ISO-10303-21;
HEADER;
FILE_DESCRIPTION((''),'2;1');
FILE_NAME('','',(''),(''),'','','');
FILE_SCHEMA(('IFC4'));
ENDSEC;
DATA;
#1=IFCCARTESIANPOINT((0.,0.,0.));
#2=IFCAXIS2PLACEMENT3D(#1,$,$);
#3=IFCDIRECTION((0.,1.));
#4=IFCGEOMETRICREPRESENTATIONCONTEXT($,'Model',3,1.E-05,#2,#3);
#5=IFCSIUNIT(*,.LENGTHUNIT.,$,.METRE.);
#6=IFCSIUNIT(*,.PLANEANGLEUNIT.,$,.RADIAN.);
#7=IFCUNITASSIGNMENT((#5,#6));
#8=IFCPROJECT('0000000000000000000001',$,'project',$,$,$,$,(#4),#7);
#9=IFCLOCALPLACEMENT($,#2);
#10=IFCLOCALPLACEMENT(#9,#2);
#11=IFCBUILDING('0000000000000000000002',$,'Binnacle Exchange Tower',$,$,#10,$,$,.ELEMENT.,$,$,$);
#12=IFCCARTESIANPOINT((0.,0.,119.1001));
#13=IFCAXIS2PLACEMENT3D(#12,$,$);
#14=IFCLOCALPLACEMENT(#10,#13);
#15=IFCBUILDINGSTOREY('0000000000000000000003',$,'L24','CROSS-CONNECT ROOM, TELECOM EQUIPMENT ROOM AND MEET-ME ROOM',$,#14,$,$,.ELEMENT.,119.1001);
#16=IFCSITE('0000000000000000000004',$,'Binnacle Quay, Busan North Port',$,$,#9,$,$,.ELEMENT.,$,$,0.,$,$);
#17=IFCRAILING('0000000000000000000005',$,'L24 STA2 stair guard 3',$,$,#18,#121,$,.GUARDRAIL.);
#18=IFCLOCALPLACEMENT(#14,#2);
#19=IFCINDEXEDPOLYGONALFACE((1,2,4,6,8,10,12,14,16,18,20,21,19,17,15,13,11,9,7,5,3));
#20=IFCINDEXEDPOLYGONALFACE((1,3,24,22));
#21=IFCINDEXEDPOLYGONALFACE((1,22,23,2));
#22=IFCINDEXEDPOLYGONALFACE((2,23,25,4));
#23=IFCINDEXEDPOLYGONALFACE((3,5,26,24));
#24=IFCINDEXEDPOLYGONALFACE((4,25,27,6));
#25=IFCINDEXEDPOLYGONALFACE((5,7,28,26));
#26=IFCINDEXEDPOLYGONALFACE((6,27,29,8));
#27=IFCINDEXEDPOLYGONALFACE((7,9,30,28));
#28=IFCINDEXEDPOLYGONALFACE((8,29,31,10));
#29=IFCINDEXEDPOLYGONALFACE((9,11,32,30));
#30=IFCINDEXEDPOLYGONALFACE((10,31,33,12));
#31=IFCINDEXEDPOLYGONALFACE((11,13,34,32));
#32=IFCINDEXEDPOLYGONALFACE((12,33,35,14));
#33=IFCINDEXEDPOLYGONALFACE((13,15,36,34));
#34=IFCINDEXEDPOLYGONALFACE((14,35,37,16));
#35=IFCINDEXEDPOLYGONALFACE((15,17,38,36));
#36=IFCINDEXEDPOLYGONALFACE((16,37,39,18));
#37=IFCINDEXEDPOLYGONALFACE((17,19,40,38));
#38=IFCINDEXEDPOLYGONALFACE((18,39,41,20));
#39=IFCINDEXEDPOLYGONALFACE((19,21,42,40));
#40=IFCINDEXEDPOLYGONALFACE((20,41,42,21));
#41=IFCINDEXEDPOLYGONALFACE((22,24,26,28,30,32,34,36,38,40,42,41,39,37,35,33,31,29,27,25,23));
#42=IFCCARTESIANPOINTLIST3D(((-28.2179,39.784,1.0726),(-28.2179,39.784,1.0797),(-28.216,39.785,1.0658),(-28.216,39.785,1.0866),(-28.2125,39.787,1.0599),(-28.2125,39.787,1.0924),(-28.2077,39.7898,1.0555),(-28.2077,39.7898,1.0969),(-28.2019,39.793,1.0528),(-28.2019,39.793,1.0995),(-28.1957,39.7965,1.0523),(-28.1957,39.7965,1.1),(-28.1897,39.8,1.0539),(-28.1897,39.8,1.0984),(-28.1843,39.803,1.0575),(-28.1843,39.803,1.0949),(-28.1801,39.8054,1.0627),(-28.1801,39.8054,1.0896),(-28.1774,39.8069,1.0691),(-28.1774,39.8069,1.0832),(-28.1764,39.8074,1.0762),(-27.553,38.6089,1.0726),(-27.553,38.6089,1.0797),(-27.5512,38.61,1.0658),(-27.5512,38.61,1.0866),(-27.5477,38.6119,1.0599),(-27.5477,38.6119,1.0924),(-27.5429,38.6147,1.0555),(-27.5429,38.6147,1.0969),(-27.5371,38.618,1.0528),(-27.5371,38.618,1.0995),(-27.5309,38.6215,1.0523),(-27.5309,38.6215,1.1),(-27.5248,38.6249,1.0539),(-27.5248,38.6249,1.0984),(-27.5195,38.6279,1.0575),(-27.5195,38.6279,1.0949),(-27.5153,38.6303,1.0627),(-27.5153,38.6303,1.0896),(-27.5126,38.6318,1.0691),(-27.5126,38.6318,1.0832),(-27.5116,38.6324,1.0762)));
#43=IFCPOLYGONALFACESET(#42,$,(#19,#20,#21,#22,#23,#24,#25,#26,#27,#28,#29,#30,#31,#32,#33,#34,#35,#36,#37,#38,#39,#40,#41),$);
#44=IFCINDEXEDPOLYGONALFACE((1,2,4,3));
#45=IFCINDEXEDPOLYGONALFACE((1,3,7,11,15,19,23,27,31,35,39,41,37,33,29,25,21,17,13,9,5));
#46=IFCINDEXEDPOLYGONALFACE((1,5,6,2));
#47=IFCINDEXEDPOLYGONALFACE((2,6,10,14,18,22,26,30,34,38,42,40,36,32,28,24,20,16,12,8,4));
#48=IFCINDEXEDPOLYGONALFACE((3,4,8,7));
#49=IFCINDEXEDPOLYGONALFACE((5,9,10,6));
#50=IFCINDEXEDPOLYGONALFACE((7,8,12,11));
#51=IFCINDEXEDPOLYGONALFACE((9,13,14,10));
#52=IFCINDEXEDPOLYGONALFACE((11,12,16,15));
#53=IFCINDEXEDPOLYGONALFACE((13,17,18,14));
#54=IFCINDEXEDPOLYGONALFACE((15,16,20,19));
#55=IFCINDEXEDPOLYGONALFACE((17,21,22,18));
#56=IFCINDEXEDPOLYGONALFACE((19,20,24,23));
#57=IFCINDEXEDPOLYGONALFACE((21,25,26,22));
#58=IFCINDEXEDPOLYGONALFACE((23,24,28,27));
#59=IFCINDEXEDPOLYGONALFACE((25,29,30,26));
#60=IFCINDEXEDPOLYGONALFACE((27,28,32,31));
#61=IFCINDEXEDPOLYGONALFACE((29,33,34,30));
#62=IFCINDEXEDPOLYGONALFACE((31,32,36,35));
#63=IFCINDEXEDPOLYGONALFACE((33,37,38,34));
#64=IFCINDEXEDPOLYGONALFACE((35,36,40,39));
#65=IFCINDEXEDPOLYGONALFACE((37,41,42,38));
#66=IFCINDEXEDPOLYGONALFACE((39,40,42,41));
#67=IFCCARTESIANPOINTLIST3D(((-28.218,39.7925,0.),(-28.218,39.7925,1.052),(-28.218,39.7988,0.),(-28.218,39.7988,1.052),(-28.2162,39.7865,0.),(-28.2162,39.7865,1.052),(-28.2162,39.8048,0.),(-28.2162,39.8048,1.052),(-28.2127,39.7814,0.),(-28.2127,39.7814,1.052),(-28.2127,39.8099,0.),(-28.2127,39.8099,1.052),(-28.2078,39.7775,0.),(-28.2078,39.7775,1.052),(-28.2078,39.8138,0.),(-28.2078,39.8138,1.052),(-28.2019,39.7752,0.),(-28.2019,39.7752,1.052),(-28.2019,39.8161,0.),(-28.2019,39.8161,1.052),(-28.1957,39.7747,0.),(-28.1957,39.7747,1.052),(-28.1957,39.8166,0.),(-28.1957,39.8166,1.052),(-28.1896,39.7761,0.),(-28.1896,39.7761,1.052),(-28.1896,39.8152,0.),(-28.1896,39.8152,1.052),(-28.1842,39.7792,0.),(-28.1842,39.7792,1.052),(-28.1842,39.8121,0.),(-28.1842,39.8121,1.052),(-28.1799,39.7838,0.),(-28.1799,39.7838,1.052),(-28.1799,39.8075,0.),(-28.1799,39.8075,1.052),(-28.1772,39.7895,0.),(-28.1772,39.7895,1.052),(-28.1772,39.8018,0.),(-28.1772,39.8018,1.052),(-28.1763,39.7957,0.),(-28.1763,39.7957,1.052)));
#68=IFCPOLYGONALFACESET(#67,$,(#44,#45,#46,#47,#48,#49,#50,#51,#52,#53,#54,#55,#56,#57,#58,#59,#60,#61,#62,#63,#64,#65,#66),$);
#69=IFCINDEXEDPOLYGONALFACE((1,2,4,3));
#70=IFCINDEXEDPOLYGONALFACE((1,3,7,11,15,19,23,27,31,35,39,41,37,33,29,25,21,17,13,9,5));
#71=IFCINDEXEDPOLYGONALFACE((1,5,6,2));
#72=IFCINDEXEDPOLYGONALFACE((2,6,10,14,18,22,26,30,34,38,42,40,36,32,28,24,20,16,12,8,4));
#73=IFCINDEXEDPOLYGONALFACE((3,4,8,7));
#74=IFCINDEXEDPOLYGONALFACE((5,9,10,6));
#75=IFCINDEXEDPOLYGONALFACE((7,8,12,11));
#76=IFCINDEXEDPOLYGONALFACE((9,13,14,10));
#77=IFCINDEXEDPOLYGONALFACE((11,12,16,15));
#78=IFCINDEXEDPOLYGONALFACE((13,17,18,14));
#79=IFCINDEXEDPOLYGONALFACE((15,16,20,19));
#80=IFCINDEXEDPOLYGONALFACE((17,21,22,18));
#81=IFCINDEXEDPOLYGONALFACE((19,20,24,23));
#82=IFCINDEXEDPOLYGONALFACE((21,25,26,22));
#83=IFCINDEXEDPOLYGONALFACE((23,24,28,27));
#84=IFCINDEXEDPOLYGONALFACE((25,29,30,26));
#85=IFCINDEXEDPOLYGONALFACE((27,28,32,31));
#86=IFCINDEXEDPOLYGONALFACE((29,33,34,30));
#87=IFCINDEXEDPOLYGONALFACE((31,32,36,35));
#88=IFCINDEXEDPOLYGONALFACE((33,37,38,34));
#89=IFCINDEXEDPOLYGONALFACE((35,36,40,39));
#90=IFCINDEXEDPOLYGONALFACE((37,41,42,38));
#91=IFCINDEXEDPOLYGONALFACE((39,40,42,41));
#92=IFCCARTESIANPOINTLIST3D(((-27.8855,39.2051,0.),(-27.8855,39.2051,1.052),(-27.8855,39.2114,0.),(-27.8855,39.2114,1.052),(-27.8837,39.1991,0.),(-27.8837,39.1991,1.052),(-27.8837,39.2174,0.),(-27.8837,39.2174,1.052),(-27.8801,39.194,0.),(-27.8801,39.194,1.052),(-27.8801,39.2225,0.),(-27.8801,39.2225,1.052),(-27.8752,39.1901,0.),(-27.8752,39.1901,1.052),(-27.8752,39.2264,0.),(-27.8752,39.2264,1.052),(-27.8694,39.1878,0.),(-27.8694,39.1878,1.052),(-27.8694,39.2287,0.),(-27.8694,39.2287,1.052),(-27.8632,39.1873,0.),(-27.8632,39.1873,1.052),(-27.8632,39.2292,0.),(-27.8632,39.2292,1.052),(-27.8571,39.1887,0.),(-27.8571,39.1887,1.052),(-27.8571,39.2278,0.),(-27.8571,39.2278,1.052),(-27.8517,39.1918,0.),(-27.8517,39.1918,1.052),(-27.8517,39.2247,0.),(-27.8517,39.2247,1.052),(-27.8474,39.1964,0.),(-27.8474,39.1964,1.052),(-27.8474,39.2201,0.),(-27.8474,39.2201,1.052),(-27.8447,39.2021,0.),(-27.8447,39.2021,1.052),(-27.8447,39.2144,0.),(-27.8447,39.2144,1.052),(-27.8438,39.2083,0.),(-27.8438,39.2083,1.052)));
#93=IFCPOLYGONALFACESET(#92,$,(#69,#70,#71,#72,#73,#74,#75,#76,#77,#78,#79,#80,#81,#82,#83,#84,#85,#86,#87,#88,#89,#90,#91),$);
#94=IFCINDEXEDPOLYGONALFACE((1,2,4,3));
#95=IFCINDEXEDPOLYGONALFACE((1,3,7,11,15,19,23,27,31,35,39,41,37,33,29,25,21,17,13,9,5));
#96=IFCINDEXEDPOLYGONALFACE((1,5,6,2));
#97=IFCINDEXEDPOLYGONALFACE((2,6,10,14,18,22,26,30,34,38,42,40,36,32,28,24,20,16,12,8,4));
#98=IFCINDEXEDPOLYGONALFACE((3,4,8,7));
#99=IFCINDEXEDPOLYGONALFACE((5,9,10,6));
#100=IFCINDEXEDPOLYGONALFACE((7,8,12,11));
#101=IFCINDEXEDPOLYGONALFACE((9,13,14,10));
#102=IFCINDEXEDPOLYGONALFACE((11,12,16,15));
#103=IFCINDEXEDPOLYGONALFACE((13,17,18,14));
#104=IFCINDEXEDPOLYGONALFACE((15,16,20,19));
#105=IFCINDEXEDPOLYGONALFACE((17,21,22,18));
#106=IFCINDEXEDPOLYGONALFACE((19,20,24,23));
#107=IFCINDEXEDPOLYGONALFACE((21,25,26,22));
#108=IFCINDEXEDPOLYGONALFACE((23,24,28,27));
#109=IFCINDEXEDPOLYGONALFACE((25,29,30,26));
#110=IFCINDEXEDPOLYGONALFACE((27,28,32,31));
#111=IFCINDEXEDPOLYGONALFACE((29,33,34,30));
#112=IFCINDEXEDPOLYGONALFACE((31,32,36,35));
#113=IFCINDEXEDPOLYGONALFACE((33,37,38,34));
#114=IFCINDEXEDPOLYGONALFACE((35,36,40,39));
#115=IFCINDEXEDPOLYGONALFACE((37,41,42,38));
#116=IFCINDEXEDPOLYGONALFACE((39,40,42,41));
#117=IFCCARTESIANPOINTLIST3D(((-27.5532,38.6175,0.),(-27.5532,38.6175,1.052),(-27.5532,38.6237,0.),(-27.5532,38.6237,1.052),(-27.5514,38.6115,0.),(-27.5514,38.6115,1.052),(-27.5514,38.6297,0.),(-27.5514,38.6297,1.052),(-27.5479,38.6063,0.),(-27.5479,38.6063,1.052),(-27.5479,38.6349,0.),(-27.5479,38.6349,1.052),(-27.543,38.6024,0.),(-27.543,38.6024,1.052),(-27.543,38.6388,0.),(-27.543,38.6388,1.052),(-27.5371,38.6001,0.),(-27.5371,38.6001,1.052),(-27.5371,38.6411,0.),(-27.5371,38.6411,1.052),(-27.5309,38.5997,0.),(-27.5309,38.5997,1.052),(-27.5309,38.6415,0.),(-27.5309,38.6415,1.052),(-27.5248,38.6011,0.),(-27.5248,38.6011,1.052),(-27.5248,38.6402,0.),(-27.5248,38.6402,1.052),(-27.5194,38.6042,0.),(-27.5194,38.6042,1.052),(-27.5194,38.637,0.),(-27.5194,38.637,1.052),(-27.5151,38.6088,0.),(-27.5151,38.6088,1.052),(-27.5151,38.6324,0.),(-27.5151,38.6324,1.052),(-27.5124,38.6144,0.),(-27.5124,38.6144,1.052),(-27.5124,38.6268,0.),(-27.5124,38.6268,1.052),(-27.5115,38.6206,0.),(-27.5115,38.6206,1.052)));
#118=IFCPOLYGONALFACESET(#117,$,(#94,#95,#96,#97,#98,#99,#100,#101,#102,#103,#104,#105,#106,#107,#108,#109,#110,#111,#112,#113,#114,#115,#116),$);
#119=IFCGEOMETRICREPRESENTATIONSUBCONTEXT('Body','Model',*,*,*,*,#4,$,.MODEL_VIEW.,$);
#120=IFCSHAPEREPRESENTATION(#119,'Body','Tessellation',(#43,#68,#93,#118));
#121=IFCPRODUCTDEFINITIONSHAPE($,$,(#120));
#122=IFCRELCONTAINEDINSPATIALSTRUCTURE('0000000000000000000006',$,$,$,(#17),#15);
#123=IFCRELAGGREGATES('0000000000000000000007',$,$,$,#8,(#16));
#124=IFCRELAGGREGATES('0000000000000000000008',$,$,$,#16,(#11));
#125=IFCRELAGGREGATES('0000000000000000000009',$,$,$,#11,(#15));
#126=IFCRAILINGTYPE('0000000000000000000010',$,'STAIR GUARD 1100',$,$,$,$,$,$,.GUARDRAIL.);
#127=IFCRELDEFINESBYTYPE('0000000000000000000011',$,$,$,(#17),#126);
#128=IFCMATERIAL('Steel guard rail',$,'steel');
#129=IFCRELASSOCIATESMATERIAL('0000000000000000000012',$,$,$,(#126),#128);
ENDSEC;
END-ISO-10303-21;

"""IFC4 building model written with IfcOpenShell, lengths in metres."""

from ifc_helpers import new_model, si_unit, direction, frame, origin, origin_2d, place, context, subcontext, project, spatial, circle, extrude, material, type_object, element, save


model = new_model("IFC4")

# Units and contexts
model_context = context("Model", 3, precision=1e-05, world=origin(), true_north=direction((0.0, 1.0)))
body_context = subcontext(model_context, "Body", "Model", "MODEL_VIEW")
ifc_project = project(units=[si_unit("LENGTHUNIT", "METRE"), si_unit("PLANEANGLEUNIT", "RADIAN")], contexts=[model_context])

# Site, building, storey
site_placement = place(None, origin())
site = spatial("IfcSite", under=ifc_project, at=site_placement, Name="Binnacle Quay, Busan North Port", CompositionType="ELEMENT", RefElevation=0.0)
building_placement = place(site_placement, origin())
building = spatial("IfcBuilding", under=site, at=building_placement, Name="Binnacle Exchange Tower", CompositionType="ELEMENT")
storey_placement = place(building_placement, frame((0.0, 0.0, 119.1001)))
storey = spatial("IfcBuildingStorey", under=building, at=storey_placement, Name="L24", Description="CROSS-CONNECT ROOM, TELECOM EQUIPMENT ROOM AND MEET-ME ROOM", CompositionType="ELEMENT", Elevation=119.1001)

# Railing
ifc_material_1 = material(Name="Steel guard rail", Category="steel")
railing_type_1 = type_object("IfcRailingType", Name="STAIR GUARD 1100", PredefinedType="GUARDRAIL", material=ifc_material_1)
railing_1_placement = place(storey_placement, frame((-28.1973, 39.7957, 0.0)))
element("IfcRailing", 1, at=railing_1_placement, inside=storey, type_object=railing_type_1, Name="L24 STA2 stair guard 3", PredefinedType="GUARDRAIL", context=body_context, shape_type="SweptSolid", body=[
    extrude(circle(Radius=0.0239, at=origin_2d()), frame((0.0, 0.0, 1.0762), z_axis=(0.492415, -0.870361, 0.0), x_axis=(0.870361, 0.492415, 0.0)), (0.0, 0.0, 1.0), 1.3501),
    extrude(circle(Radius=0.021, at=origin_2d()), origin(), (0.0, 0.0, 1.0), 1.052),
    extrude(circle(Radius=0.021, at=origin_2d()), frame((0.3325, -0.5874, 0.0)), (0.0, 0.0, 1.0), 1.052),
    extrude(circle(Radius=0.021, at=origin_2d()), frame((0.6648, -1.175, 0.0)), (0.0, 0.0, 1.0), 1.052),
])

save(model, "model.ifc")
